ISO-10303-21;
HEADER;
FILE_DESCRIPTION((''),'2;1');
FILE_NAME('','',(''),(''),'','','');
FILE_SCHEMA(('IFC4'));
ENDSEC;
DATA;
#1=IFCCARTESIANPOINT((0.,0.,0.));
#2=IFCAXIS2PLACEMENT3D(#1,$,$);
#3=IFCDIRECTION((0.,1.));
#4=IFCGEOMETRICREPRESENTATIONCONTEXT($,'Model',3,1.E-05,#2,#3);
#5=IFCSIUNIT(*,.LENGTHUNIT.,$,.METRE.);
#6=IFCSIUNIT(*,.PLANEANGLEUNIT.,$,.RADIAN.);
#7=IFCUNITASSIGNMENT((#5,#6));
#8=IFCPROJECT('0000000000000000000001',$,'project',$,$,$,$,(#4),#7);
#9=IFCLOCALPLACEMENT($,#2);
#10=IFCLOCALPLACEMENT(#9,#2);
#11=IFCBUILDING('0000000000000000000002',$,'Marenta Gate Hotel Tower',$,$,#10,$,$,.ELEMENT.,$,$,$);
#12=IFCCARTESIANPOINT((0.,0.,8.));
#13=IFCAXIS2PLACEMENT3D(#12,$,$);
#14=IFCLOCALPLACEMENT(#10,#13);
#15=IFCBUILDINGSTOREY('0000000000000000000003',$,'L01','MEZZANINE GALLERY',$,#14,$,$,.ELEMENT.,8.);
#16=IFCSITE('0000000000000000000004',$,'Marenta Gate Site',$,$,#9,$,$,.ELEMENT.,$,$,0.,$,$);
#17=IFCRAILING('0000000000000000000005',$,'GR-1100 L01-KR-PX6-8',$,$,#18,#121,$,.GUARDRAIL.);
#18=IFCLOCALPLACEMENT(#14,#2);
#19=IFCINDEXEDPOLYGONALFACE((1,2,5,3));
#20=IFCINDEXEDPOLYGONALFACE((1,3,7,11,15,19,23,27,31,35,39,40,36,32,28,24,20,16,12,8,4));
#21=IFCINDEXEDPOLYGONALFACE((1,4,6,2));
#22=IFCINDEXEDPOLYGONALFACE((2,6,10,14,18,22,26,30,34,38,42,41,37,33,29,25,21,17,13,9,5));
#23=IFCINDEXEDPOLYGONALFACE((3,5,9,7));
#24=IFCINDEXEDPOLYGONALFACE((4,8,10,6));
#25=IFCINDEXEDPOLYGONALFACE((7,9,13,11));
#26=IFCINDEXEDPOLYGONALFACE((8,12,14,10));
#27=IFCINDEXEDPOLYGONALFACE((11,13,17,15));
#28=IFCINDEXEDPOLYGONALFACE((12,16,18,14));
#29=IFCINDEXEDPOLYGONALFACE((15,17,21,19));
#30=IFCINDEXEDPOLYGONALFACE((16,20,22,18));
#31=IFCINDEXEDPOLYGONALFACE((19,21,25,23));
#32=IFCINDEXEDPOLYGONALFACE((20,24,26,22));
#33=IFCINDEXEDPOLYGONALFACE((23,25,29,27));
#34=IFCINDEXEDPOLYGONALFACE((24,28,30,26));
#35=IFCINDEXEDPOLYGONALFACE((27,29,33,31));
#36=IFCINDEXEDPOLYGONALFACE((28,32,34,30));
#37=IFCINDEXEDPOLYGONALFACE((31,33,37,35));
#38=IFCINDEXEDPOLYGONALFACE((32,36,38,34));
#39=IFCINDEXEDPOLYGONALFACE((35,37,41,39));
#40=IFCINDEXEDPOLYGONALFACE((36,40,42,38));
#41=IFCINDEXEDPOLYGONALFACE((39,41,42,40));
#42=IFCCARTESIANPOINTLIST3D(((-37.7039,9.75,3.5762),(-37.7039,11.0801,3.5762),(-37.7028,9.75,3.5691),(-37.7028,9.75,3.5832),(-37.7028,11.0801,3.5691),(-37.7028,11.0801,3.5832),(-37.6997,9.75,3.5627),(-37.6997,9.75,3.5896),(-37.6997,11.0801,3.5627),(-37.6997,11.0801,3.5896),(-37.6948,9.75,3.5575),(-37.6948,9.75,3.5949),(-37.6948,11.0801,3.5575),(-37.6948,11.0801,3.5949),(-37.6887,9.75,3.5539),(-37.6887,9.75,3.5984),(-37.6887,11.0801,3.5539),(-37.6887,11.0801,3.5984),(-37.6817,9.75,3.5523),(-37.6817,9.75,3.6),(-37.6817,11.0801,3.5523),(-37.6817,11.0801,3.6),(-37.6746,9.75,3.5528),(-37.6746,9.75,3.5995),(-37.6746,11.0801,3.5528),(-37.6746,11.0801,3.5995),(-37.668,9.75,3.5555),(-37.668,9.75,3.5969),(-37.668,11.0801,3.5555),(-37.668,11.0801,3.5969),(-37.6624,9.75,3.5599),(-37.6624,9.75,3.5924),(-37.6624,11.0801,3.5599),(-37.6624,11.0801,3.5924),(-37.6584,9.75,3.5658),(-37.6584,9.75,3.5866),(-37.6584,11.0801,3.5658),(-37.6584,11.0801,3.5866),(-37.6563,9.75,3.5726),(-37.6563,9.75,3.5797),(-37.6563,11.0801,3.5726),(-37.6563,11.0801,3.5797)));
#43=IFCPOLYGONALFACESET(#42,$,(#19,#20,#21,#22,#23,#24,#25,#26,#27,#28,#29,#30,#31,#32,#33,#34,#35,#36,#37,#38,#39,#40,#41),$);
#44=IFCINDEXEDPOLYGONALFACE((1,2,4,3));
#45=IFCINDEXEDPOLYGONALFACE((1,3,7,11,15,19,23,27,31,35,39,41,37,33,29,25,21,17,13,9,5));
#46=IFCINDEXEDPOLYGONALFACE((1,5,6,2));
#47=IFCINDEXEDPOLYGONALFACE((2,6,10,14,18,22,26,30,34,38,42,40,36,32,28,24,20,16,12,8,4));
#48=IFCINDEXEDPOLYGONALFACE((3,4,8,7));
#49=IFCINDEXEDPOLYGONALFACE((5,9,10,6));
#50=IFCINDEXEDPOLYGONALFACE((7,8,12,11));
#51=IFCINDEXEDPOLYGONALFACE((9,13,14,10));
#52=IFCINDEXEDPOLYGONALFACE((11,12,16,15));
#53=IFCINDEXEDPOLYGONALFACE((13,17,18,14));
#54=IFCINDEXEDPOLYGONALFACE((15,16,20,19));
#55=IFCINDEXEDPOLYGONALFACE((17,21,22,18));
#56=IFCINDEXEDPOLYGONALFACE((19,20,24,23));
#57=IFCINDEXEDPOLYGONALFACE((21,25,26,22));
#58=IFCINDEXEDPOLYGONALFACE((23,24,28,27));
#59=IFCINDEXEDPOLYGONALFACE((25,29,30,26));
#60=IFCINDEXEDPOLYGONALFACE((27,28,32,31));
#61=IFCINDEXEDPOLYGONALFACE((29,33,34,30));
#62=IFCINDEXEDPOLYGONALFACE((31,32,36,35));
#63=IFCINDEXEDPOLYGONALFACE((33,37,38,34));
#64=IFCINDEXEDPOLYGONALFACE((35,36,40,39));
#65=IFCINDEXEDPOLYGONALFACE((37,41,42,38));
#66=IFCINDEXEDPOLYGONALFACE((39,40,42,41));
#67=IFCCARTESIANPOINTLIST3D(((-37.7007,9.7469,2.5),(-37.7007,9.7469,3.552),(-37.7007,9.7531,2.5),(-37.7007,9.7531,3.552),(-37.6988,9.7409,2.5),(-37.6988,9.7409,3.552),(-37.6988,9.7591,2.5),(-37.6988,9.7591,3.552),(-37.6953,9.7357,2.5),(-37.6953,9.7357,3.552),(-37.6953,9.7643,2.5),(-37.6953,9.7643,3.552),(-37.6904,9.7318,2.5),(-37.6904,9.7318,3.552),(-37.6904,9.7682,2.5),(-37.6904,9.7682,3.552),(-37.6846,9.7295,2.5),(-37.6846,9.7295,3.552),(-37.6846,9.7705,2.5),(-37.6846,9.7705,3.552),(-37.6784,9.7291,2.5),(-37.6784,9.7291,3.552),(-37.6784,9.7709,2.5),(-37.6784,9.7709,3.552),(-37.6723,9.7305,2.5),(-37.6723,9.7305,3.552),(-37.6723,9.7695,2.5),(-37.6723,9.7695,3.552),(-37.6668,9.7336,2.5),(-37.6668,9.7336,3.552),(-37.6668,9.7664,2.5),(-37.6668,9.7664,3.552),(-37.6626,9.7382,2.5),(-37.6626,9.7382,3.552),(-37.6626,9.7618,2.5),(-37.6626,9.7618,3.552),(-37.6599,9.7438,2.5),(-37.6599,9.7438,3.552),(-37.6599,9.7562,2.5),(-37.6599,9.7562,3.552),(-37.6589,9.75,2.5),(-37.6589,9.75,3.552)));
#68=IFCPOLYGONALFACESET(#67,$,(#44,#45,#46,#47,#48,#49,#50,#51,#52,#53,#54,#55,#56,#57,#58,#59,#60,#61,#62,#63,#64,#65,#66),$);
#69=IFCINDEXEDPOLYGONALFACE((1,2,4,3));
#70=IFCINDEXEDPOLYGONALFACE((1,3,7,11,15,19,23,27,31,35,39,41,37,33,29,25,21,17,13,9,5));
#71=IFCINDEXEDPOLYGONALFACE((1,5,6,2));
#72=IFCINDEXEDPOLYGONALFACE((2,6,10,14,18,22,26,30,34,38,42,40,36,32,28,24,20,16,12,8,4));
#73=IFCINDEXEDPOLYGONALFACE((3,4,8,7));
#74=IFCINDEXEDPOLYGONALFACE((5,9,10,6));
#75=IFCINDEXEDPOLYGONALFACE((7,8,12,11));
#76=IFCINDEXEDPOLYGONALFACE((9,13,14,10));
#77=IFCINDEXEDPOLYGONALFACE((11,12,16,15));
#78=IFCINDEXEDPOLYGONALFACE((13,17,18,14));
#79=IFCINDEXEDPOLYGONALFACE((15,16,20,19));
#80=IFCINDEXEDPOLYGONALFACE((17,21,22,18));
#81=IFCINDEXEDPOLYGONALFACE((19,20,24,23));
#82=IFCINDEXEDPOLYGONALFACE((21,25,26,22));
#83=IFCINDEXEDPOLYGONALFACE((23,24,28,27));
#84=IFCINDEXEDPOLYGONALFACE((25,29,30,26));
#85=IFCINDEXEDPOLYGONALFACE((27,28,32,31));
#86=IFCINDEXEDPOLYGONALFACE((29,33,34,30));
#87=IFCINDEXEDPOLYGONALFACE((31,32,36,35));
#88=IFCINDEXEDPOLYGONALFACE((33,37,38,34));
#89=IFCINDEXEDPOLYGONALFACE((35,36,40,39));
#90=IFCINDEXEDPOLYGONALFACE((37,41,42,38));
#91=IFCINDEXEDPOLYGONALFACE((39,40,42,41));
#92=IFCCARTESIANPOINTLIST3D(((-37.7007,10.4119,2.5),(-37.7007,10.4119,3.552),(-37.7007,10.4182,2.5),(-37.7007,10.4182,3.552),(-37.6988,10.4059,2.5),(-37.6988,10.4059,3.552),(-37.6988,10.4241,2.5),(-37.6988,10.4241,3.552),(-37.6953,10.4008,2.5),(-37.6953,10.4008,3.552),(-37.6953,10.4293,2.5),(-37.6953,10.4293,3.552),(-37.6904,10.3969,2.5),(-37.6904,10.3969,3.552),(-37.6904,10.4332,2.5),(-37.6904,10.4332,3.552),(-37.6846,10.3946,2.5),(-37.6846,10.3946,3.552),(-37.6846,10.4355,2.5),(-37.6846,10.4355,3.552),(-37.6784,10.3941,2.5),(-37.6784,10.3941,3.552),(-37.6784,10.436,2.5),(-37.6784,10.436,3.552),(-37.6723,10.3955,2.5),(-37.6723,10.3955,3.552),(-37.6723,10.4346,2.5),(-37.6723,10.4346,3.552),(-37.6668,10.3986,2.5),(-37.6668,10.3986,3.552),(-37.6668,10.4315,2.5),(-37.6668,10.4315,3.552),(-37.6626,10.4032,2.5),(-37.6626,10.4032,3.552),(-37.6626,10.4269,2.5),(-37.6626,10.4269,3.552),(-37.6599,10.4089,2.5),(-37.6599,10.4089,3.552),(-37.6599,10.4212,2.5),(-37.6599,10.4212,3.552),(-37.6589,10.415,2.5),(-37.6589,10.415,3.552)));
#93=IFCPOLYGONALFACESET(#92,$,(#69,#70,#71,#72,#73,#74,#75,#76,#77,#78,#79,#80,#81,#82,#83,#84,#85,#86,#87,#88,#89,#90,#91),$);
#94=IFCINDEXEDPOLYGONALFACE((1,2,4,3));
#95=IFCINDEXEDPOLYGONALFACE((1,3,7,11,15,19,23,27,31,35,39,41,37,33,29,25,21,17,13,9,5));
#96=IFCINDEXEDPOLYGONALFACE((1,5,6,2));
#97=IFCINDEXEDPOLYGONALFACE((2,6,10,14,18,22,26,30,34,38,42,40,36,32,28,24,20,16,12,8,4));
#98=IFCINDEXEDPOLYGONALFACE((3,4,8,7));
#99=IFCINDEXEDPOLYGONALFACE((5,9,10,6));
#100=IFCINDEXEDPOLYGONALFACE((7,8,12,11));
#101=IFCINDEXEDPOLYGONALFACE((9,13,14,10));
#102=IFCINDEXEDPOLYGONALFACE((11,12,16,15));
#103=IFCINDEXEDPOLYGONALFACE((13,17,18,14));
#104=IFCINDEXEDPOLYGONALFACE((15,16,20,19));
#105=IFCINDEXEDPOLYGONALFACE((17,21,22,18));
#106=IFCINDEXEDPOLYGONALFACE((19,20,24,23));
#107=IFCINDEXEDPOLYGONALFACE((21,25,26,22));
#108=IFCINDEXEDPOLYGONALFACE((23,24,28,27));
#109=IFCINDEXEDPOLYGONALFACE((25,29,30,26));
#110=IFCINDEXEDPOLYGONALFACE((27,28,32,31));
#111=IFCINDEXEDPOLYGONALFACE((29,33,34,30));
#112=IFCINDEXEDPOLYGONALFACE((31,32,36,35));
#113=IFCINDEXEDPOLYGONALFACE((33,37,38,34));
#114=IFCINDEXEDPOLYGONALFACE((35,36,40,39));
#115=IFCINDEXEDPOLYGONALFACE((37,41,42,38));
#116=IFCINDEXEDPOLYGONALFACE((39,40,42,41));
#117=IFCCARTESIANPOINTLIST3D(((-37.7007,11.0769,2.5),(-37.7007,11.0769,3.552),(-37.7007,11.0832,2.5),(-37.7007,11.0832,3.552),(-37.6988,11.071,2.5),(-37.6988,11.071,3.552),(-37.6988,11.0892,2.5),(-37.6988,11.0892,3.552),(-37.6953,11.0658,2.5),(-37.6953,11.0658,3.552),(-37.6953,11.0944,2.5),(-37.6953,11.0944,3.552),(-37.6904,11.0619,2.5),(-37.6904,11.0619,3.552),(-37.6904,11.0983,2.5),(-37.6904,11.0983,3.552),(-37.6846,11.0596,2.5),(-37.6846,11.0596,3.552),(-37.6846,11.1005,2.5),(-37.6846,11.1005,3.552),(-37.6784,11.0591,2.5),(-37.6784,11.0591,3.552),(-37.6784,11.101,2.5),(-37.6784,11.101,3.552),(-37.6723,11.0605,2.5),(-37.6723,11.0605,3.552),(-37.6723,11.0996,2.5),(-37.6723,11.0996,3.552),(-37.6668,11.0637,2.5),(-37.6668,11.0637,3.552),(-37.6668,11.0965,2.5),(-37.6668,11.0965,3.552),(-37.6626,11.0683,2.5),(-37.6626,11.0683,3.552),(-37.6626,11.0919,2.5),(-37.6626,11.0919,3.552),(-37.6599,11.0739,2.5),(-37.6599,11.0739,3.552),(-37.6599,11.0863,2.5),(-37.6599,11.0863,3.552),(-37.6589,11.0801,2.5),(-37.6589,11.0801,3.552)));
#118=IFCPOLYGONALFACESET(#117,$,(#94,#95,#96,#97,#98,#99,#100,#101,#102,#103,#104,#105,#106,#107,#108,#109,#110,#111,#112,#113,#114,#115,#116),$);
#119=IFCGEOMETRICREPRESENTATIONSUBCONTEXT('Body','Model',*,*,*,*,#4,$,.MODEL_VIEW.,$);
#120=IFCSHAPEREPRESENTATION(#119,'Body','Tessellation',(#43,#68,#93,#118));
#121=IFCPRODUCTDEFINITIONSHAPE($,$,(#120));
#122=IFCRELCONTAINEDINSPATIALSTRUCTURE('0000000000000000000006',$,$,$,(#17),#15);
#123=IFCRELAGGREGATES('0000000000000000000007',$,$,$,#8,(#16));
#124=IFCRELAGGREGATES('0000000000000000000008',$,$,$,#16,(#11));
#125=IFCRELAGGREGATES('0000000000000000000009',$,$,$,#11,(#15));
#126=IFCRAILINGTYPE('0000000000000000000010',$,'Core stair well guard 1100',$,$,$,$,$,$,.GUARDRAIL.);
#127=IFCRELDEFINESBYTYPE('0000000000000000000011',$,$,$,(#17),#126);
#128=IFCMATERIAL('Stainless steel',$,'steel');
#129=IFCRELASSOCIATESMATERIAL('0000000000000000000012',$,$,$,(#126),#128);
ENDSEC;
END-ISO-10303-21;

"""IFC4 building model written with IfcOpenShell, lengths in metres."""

from ifc_helpers import new_model, si_unit, direction, frame, origin, origin_2d, place, context, subcontext, project, spatial, circle, extrude, material, type_object, element, save


model = new_model("IFC4")

# Units and contexts
model_context = context("Model", 3, precision=1e-05, world=origin(), true_north=direction((0.0, 1.0)))
body_context = subcontext(model_context, "Body", "Model", "MODEL_VIEW")
ifc_project = project(units=[si_unit("LENGTHUNIT", "METRE"), si_unit("PLANEANGLEUNIT", "RADIAN")], contexts=[model_context])

# Site, building, storey
site_placement = place(None, origin())
site = spatial("IfcSite", under=ifc_project, at=site_placement, Name="Marenta Gate Site", CompositionType="ELEMENT", RefElevation=0.0)
building_placement = place(site_placement, origin())
building = spatial("IfcBuilding", under=site, at=building_placement, Name="Marenta Gate Hotel Tower", CompositionType="ELEMENT")
storey_placement = place(building_placement, frame((0.0, 0.0, 8.0)))
storey = spatial("IfcBuildingStorey", under=building, at=storey_placement, Name="L01", Description="MEZZANINE GALLERY", CompositionType="ELEMENT", Elevation=8.0)

# Railing
ifc_material_1 = material(Name="Stainless steel", Category="steel")
railing_type_1 = type_object("IfcRailingType", Name="Core stair well guard 1100", PredefinedType="GUARDRAIL", material=ifc_material_1)
railing_1_placement = place(storey_placement, frame((-37.6799, 9.75, 2.5)))
element("IfcRailing", 1, at=railing_1_placement, inside=storey, type_object=railing_type_1, Name="GR-1100 L01-KR-PX6-8", PredefinedType="GUARDRAIL", context=body_context, shape_type="SweptSolid", body=[
    extrude(circle(Radius=0.0239, at=origin_2d()), frame((0.0, 0.0, 1.0762), z_axis=(0.0, 1.0, 0.0), x_axis=(-1.0, 0.0, 0.0)), (0.0, 0.0, 1.0), 1.3301),
    extrude(circle(Radius=0.021, at=origin_2d()), origin(), (0.0, 0.0, 1.0), 1.052),
    extrude(circle(Radius=0.021, at=origin_2d()), frame((0.0, 0.665, 0.0)), (0.0, 0.0, 1.0), 1.052),
    extrude(circle(Radius=0.021, at=origin_2d()), frame((0.0, 1.3301, 0.0)), (0.0, 0.0, 1.0), 1.052),
])

save(model, "model.ifc")
